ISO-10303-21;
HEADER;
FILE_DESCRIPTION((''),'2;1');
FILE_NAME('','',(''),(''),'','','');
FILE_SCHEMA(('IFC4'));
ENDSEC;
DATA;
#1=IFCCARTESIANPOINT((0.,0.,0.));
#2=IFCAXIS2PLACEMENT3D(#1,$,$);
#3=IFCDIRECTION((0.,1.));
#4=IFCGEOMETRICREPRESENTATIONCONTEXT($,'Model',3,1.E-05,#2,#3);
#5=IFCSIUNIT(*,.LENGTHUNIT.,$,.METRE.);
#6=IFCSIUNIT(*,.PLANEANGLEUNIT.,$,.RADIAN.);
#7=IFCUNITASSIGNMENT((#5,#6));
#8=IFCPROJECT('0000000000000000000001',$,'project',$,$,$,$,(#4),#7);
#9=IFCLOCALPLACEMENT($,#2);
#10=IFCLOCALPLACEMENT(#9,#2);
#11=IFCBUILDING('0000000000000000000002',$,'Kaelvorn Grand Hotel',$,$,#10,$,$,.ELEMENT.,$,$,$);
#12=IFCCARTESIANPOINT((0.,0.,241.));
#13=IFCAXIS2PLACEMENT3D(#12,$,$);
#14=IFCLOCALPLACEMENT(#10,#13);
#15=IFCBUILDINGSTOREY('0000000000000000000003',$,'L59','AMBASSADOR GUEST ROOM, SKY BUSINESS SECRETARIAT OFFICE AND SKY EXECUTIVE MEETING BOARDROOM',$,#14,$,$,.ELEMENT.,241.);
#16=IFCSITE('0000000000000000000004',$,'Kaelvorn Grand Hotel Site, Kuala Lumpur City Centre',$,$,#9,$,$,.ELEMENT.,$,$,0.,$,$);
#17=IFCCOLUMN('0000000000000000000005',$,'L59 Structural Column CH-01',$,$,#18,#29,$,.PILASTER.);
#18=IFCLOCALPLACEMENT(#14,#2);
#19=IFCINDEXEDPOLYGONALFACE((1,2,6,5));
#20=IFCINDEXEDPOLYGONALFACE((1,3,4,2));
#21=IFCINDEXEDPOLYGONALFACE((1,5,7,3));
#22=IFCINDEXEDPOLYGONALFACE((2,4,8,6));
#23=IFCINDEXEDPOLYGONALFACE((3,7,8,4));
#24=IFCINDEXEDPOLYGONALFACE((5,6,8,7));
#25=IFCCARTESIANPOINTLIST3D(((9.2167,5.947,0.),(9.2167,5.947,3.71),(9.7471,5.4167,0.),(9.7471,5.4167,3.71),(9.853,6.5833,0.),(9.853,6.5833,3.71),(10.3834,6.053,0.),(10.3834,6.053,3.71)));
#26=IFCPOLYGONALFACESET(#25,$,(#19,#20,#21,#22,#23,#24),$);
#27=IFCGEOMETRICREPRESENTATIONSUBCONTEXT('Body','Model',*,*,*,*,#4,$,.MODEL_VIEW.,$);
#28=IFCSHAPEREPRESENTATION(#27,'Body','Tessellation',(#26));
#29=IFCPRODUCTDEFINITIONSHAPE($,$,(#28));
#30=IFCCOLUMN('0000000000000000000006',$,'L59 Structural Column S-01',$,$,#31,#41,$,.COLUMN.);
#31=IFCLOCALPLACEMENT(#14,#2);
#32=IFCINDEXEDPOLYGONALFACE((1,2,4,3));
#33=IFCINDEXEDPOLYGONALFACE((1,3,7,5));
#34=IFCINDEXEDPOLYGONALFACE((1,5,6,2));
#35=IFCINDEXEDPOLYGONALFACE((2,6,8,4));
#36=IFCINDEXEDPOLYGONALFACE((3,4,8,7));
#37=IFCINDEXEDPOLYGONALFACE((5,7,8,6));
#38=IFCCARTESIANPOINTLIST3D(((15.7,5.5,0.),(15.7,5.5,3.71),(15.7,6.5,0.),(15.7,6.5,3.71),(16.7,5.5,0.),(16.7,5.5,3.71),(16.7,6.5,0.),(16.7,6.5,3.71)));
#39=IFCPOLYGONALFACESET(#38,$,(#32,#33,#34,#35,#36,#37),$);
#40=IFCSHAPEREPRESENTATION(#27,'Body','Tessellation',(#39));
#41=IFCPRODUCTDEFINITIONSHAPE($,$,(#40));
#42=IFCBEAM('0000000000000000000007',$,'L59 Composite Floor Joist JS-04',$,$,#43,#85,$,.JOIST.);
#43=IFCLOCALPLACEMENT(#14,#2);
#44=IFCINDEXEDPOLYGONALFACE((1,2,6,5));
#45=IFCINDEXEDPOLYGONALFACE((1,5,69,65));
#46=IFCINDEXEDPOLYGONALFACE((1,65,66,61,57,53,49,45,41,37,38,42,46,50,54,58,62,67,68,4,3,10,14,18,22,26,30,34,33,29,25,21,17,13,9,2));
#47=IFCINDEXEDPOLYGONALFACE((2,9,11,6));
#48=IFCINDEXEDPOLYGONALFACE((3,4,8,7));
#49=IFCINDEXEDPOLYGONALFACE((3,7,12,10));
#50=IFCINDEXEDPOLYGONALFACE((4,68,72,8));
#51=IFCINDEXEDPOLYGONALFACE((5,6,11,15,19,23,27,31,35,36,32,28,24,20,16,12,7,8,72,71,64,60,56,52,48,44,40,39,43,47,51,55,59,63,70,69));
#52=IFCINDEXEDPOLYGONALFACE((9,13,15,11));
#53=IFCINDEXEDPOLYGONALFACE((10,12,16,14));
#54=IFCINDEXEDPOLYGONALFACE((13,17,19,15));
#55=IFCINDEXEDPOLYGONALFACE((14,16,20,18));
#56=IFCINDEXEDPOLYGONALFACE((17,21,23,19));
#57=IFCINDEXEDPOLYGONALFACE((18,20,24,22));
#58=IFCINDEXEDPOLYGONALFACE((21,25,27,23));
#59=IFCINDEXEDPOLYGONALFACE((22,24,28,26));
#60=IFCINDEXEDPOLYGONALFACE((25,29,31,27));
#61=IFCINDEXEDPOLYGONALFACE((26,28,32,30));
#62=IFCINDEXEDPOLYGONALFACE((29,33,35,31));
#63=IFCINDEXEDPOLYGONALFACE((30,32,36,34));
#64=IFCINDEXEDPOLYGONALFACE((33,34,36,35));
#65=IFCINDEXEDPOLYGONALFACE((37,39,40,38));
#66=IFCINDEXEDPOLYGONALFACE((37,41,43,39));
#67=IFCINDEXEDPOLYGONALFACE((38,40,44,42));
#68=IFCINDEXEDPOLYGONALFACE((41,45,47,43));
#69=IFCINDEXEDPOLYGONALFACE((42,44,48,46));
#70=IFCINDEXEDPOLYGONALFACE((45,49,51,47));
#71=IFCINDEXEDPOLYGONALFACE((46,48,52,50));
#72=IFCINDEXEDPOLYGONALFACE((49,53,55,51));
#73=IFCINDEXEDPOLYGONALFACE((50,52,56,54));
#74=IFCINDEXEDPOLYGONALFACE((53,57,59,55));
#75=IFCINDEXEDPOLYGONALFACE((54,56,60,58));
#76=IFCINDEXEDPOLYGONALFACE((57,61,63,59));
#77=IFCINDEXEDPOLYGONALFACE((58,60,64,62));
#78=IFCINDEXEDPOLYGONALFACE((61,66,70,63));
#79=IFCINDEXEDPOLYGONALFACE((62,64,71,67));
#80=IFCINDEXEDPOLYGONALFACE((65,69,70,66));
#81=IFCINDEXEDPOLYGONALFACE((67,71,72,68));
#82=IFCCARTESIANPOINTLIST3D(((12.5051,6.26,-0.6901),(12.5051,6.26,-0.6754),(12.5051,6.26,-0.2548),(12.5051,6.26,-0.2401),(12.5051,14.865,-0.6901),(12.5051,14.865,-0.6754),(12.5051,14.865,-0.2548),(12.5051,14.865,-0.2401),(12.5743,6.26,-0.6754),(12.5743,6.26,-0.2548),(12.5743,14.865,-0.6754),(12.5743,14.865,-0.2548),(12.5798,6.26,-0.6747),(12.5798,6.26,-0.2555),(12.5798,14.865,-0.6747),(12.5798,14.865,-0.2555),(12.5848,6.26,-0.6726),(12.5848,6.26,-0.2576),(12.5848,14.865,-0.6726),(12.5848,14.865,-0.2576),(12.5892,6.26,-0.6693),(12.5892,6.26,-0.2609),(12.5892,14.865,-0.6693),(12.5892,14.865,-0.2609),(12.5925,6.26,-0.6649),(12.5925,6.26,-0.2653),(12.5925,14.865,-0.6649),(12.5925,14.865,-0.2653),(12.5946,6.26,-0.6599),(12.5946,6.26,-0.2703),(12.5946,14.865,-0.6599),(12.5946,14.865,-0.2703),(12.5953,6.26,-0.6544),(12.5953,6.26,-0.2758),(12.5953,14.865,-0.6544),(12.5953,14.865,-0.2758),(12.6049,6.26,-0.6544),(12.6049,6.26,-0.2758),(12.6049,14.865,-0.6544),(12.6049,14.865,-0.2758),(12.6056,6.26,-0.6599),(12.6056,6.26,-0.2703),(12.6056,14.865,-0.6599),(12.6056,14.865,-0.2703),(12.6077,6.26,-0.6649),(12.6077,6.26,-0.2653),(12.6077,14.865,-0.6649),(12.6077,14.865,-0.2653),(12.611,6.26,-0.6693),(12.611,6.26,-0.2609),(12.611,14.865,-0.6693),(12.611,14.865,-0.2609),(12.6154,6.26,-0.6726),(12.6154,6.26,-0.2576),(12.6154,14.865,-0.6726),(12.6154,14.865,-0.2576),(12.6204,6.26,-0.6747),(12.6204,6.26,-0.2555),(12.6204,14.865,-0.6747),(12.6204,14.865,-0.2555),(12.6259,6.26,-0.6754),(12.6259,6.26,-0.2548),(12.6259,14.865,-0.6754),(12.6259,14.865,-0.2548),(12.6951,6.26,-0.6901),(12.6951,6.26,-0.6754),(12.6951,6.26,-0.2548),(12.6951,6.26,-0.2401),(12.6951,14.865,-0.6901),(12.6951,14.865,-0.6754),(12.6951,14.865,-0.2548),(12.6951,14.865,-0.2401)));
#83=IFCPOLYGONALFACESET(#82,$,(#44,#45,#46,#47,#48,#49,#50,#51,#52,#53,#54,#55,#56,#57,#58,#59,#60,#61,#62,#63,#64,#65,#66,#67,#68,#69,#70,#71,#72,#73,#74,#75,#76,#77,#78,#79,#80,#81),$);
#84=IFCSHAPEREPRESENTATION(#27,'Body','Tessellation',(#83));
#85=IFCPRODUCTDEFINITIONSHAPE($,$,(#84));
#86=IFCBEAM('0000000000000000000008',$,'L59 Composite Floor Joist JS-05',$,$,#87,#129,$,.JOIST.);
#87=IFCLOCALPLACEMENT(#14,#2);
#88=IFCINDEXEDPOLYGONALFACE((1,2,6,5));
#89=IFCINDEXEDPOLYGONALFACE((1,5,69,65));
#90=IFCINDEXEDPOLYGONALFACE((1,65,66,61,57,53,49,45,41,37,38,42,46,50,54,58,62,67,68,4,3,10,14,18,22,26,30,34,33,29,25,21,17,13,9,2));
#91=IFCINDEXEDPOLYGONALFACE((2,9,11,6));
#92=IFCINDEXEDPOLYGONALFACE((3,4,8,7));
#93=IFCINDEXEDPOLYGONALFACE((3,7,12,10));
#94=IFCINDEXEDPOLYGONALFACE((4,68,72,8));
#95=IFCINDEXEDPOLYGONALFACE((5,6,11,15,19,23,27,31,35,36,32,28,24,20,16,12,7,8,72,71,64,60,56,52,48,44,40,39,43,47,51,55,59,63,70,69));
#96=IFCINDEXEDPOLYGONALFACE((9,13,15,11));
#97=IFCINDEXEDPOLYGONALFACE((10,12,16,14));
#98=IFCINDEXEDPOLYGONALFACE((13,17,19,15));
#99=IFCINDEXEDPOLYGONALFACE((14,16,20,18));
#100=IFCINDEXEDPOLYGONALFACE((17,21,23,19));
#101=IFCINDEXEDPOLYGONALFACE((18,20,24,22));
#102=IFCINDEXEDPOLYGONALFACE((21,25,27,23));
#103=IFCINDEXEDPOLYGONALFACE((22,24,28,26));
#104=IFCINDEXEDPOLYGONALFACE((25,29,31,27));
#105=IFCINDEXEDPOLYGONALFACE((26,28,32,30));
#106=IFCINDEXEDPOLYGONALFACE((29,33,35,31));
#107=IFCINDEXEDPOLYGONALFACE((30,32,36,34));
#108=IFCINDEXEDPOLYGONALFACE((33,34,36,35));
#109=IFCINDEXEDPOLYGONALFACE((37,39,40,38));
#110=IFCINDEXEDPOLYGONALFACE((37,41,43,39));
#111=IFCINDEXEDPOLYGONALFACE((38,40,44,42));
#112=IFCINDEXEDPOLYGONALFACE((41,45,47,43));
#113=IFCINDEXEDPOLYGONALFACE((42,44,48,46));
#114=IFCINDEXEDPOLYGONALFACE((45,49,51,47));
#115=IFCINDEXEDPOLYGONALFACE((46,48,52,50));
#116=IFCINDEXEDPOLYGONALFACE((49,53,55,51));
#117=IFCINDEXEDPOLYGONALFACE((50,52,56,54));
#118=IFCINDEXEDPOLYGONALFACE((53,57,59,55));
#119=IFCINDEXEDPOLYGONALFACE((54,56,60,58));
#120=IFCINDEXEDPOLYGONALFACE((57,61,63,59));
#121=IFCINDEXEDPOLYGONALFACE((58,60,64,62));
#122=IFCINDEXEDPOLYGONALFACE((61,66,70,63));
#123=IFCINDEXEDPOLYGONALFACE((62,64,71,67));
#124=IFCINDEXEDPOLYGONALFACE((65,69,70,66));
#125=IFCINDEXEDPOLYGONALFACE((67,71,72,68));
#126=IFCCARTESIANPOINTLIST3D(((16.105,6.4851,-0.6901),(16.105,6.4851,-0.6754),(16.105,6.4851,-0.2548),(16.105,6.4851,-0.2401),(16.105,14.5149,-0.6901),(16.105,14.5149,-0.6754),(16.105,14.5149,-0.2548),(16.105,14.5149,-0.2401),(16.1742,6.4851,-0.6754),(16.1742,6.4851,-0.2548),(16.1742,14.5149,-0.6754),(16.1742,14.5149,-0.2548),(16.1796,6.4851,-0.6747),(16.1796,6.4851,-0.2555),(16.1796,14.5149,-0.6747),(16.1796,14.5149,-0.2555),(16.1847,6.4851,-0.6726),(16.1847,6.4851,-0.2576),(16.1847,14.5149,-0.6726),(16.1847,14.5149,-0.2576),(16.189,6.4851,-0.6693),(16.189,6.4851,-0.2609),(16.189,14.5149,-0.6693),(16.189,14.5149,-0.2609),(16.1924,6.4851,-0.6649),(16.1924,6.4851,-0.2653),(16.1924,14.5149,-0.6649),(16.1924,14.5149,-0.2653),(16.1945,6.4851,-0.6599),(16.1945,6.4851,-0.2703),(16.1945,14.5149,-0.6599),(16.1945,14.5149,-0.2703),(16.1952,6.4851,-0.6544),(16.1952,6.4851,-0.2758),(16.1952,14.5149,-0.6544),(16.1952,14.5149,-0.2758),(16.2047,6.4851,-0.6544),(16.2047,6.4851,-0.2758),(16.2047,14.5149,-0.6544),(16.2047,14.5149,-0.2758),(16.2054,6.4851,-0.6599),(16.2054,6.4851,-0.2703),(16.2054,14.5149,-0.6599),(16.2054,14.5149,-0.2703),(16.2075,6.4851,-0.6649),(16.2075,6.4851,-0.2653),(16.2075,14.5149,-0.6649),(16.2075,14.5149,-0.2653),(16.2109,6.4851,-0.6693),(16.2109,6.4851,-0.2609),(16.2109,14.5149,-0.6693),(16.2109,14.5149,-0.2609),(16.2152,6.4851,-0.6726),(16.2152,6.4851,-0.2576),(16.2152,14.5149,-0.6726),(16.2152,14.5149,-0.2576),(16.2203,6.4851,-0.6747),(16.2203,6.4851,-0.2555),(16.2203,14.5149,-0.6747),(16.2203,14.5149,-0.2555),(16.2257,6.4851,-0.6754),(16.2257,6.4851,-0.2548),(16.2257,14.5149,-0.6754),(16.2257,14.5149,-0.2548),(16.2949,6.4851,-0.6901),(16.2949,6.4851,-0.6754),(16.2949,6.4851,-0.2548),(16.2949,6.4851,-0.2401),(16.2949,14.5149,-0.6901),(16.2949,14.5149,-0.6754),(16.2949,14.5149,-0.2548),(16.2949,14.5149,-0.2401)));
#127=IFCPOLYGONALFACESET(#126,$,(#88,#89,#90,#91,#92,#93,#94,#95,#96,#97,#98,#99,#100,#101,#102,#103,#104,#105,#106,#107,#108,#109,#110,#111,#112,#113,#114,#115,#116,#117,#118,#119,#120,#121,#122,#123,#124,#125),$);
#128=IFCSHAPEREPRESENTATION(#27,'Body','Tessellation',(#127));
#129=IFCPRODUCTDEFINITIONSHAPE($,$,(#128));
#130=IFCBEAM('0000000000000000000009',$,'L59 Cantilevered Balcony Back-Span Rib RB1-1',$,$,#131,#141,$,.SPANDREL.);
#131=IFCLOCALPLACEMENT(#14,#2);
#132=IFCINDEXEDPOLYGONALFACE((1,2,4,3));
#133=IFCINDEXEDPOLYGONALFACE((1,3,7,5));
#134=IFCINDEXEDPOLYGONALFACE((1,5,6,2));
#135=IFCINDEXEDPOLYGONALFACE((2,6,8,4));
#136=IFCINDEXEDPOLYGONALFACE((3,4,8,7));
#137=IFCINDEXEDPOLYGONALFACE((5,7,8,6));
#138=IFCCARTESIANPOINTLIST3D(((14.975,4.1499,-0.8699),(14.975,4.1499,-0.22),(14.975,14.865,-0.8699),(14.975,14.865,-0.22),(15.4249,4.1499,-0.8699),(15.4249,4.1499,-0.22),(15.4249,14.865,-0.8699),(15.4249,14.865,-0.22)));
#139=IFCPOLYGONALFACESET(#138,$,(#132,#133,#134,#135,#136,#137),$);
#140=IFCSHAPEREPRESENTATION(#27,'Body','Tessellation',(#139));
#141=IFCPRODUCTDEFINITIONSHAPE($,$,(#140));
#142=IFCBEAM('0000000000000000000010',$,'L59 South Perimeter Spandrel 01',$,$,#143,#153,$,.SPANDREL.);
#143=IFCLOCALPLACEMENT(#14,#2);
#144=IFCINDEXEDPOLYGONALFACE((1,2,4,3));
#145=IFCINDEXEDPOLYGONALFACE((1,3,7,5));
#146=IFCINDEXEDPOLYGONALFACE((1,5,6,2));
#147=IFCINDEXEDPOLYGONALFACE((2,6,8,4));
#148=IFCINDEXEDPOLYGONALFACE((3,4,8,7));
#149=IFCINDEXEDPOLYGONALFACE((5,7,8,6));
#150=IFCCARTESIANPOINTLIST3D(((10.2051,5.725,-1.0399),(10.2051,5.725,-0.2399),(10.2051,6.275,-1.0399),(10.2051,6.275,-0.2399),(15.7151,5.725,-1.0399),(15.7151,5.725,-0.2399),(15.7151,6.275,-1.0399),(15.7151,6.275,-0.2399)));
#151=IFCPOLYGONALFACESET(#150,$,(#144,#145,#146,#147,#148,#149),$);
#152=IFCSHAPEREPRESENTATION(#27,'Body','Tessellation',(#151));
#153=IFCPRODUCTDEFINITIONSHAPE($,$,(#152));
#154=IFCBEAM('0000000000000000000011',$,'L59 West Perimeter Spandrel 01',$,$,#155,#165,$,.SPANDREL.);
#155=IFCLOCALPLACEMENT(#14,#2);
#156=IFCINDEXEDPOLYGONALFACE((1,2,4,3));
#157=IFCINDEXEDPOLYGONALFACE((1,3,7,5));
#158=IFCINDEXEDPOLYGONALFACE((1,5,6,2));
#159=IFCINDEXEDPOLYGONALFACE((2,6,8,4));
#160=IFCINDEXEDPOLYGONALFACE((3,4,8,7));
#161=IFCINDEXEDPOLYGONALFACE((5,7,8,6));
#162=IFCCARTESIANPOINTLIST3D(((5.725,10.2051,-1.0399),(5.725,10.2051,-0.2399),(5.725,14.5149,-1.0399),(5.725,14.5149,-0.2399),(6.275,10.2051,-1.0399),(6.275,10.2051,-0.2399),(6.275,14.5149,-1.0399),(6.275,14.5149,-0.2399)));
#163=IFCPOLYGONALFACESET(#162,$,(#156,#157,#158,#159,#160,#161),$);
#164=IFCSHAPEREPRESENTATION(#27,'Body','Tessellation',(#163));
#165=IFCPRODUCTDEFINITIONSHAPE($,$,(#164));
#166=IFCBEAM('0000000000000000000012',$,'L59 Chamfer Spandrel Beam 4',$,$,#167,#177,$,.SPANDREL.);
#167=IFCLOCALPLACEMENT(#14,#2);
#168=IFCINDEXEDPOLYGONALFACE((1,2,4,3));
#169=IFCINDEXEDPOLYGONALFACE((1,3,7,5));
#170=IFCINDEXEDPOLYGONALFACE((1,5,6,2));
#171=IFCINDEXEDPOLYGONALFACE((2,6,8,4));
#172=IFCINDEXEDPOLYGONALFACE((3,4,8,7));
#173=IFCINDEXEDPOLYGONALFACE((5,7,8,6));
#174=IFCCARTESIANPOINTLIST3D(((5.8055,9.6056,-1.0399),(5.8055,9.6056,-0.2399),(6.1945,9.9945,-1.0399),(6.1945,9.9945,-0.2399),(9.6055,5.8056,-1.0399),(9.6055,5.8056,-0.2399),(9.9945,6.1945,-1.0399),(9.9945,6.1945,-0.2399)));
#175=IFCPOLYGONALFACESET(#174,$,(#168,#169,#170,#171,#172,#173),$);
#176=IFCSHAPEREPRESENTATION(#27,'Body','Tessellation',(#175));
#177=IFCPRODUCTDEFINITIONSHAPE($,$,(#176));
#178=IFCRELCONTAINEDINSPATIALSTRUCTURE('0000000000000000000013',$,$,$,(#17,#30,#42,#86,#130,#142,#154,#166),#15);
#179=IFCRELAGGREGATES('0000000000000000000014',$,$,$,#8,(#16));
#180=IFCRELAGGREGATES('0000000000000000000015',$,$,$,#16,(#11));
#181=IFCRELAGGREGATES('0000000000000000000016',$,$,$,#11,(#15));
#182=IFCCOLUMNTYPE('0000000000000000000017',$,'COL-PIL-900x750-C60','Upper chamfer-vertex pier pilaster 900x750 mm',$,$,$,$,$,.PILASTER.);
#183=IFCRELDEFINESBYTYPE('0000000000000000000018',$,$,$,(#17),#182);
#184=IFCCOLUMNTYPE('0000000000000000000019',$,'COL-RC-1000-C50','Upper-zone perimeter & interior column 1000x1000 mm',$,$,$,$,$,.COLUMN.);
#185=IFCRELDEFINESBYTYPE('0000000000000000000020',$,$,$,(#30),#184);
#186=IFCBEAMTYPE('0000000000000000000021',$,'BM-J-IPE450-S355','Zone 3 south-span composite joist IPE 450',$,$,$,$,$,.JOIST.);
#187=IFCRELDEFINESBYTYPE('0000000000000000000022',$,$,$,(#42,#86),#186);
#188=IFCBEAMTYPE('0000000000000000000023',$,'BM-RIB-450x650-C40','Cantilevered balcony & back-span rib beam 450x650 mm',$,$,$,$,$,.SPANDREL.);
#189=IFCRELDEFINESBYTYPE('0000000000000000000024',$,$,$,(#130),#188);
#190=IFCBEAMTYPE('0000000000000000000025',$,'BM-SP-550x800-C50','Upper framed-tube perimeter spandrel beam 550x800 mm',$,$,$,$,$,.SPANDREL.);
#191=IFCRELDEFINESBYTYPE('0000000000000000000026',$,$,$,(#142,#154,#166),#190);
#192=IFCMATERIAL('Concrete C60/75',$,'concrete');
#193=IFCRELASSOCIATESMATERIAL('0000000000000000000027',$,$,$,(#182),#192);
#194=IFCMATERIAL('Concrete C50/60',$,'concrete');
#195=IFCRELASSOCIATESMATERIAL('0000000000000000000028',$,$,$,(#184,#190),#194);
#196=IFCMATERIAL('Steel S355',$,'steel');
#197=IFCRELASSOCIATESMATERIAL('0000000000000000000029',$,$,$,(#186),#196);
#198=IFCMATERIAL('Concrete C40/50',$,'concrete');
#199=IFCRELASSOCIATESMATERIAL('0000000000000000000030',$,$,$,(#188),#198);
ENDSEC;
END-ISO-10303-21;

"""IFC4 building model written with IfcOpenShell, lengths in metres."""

from ifc_helpers import new_model, si_unit, direction, frame, origin, origin_2d, place, context, subcontext, project, spatial, rectangle, i_section, extrude, material, material_profile, profile_set, type_object, element, save


model = new_model("IFC4")

# Units and contexts
model_context = context("Model", 3, precision=1e-05, world=origin(), true_north=direction((0.0, 1.0)))
body_context = subcontext(model_context, "Body", "Model", "MODEL_VIEW")
ifc_project = project(units=[si_unit("LENGTHUNIT", "METRE"), si_unit("PLANEANGLEUNIT", "RADIAN")], contexts=[model_context])

# Site, building, storey
site_placement = place(None, origin())
site = spatial("IfcSite", under=ifc_project, at=site_placement, Name="Kaelvorn Grand Hotel Site, Kuala Lumpur City Centre", CompositionType="ELEMENT", RefElevation=0.0)
building_placement = place(site_placement, origin())
building = spatial("IfcBuilding", under=site, at=building_placement, Name="Kaelvorn Grand Hotel", CompositionType="ELEMENT")
storey_placement = place(building_placement, frame((0.0, 0.0, 241.0)))
storey = spatial("IfcBuildingStorey", under=building, at=storey_placement, Name="L59", Description="AMBASSADOR GUEST ROOM, SKY BUSINESS SECRETARIAT OFFICE AND SKY EXECUTIVE MEETING BOARDROOM", CompositionType="ELEMENT", Elevation=241.0)

# Columns
ifc_material_1 = material(Name="Concrete C60/75", Category="concrete")
ifc_material_profile_1 = material_profile(ifc_material_1, rectangle(XDim=0.8999, YDim=0.75, at=origin_2d()), Name="RC PILASTER 900x750")
ifc_profile_set_1 = profile_set([ifc_material_profile_1], Name="Concrete C60/75")
column_type_1 = type_object("IfcColumnType", Name="COL-PIL-900x750-C60", Description="Upper chamfer-vertex pier pilaster 900x750 mm", PredefinedType="PILASTER", material=ifc_profile_set_1)
column_1_placement = place(storey_placement, frame((9.8, 6.0, 0.0), z_axis=(0.0, 0.0, 1.0), x_axis=(0.707107, 0.707107, 0.0)))
element("IfcColumn", 1, at=column_1_placement, inside=storey, type_object=column_type_1, Name="L59 Structural Column CH-01", PredefinedType="PILASTER", context=body_context, shape_type="SweptSolid", body=[
    extrude(rectangle(XDim=0.8999, YDim=0.75, at=origin_2d()), origin(), (0.0, 0.0, 1.0), 3.71),
])
ifc_material_2 = material(Name="Concrete C50/60", Category="concrete")
ifc_material_profile_2 = material_profile(ifc_material_2, rectangle(XDim=1.0, YDim=1.0, at=origin_2d()), Name="RC COL 1000x1000")
ifc_profile_set_2 = profile_set([ifc_material_profile_2], Name="Concrete C50/60")
column_type_2 = type_object("IfcColumnType", Name="COL-RC-1000-C50", Description="Upper-zone perimeter & interior column 1000x1000 mm", PredefinedType="COLUMN", material=ifc_profile_set_2)
column_2_placement = place(storey_placement, frame((16.2, 6.0, 0.0), z_axis=(0.0, 0.0, 1.0), x_axis=(1.0, 0.0, 0.0)))
element("IfcColumn", 2, at=column_2_placement, inside=storey, type_object=column_type_2, Name="L59 Structural Column S-01", PredefinedType="COLUMN", context=body_context, shape_type="SweptSolid", body=[
    extrude(rectangle(XDim=1.0, YDim=1.0, at=origin_2d()), origin(), (0.0, 0.0, 1.0), 3.71),
])

# Beams
ifc_material_3 = material(Name="Steel S355", Category="steel")
ifc_material_profile_3 = material_profile(ifc_material_3, i_section(OverallWidth=0.1899, OverallDepth=0.45, WebThickness=0.0095, FlangeThickness=0.0146, FilletRadius=0.021, at=origin_2d()), Name="IPE 450")
ifc_profile_set_3 = profile_set([ifc_material_profile_3], Name="Steel S355")
beam_type_1 = type_object("IfcBeamType", Name="BM-J-IPE450-S355", Description="Zone 3 south-span composite joist IPE 450", PredefinedType="JOIST", material=ifc_profile_set_3)
beam_1_placement = place(storey_placement, frame((12.6001, 6.26, -0.4651), z_axis=(0.0, 1.0, 0.0), x_axis=(-1.0, 0.0, 0.0)))
element("IfcBeam", 3, at=beam_1_placement, inside=storey, type_object=beam_type_1, Name="L59 Composite Floor Joist JS-04", PredefinedType="JOIST", context=body_context, shape_type="SweptSolid", body=[
    extrude(i_section(OverallWidth=0.1899, OverallDepth=0.45, WebThickness=0.0095, FlangeThickness=0.0146, FilletRadius=0.021, at=origin_2d()), origin(), (0.0, 0.0, 1.0), 8.605),
])
beam_2_placement = place(storey_placement, frame((16.2, 6.4851, -0.4651), z_axis=(0.0, 1.0, 0.0), x_axis=(-1.0, 0.0, 0.0)))
element("IfcBeam", 4, at=beam_2_placement, inside=storey, type_object=beam_type_1, Name="L59 Composite Floor Joist JS-05", PredefinedType="JOIST", context=body_context, shape_type="SweptSolid", body=[
    extrude(i_section(OverallWidth=0.1899, OverallDepth=0.45, WebThickness=0.0095, FlangeThickness=0.0146, FilletRadius=0.021, at=origin_2d()), origin(), (0.0, 0.0, 1.0), 8.0298),
])
ifc_material_4 = material(Name="Concrete C40/50", Category="concrete")
ifc_material_profile_4 = material_profile(ifc_material_4, rectangle(XDim=0.45, YDim=0.6499, at=origin_2d()), Name="RC RIB 450x650")
ifc_profile_set_4 = profile_set([ifc_material_profile_4], Name="Concrete C40/50")
beam_type_2 = type_object("IfcBeamType", Name="BM-RIB-450x650-C40", Description="Cantilevered balcony & back-span rib beam 450x650 mm", PredefinedType="SPANDREL", material=ifc_profile_set_4)
beam_3_placement = place(storey_placement, frame((15.2, 4.1499, -0.5449), z_axis=(0.0, 1.0, 0.0), x_axis=(-1.0, 0.0, 0.0)))
element("IfcBeam", 5, at=beam_3_placement, inside=storey, type_object=beam_type_2, Name="L59 Cantilevered Balcony Back-Span Rib RB1-1", PredefinedType="SPANDREL", context=body_context, shape_type="SweptSolid", body=[
    extrude(rectangle(XDim=0.45, YDim=0.6499, at=origin_2d()), origin(), (0.0, 0.0, 1.0), 10.7151),
])
ifc_material_profile_5 = material_profile(ifc_material_2, rectangle(XDim=0.55, YDim=0.8, at=origin_2d()), Name="RC SPANDREL 550x800")
ifc_profile_set_5 = profile_set([ifc_material_profile_5], Name="Concrete C50/60")
beam_type_3 = type_object("IfcBeamType", Name="BM-SP-550x800-C50", Description="Upper framed-tube perimeter spandrel beam 550x800 mm", PredefinedType="SPANDREL", material=ifc_profile_set_5)
beam_4_placement = place(storey_placement, frame((10.2051, 6.0, -0.6399), z_axis=(1.0, 0.0, 0.0), x_axis=(0.0, 1.0, 0.0)))
element("IfcBeam", 6, at=beam_4_placement, inside=storey, type_object=beam_type_3, Name="L59 South Perimeter Spandrel 01", PredefinedType="SPANDREL", context=body_context, shape_type="SweptSolid", body=[
    extrude(rectangle(XDim=0.55, YDim=0.8, at=origin_2d()), origin(), (0.0, 0.0, 1.0), 5.51),
])
beam_5_placement = place(storey_placement, frame((6.0, 10.2051, -0.6399), z_axis=(0.0, 1.0, 0.0), x_axis=(-1.0, 0.0, 0.0)))
element("IfcBeam", 7, at=beam_5_placement, inside=storey, type_object=beam_type_3, Name="L59 West Perimeter Spandrel 01", PredefinedType="SPANDREL", context=body_context, shape_type="SweptSolid", body=[
    extrude(rectangle(XDim=0.55, YDim=0.8, at=origin_2d()), origin(), (0.0, 0.0, 1.0), 4.3098),
])
beam_6_placement = place(storey_placement, frame((6.0, 9.8, -0.6399), z_axis=(0.707107, -0.707107, 0.0), x_axis=(0.707107, 0.707107, 0.0)))
element("IfcBeam", 8, at=beam_6_placement, inside=storey, type_object=beam_type_3, Name="L59 Chamfer Spandrel Beam 4", PredefinedType="SPANDREL", context=body_context, shape_type="SweptSolid", body=[
    extrude(rectangle(XDim=0.55, YDim=0.8, at=origin_2d()), origin(), (0.0, 0.0, 1.0), 5.374),
])

save(model, "model.ifc")
